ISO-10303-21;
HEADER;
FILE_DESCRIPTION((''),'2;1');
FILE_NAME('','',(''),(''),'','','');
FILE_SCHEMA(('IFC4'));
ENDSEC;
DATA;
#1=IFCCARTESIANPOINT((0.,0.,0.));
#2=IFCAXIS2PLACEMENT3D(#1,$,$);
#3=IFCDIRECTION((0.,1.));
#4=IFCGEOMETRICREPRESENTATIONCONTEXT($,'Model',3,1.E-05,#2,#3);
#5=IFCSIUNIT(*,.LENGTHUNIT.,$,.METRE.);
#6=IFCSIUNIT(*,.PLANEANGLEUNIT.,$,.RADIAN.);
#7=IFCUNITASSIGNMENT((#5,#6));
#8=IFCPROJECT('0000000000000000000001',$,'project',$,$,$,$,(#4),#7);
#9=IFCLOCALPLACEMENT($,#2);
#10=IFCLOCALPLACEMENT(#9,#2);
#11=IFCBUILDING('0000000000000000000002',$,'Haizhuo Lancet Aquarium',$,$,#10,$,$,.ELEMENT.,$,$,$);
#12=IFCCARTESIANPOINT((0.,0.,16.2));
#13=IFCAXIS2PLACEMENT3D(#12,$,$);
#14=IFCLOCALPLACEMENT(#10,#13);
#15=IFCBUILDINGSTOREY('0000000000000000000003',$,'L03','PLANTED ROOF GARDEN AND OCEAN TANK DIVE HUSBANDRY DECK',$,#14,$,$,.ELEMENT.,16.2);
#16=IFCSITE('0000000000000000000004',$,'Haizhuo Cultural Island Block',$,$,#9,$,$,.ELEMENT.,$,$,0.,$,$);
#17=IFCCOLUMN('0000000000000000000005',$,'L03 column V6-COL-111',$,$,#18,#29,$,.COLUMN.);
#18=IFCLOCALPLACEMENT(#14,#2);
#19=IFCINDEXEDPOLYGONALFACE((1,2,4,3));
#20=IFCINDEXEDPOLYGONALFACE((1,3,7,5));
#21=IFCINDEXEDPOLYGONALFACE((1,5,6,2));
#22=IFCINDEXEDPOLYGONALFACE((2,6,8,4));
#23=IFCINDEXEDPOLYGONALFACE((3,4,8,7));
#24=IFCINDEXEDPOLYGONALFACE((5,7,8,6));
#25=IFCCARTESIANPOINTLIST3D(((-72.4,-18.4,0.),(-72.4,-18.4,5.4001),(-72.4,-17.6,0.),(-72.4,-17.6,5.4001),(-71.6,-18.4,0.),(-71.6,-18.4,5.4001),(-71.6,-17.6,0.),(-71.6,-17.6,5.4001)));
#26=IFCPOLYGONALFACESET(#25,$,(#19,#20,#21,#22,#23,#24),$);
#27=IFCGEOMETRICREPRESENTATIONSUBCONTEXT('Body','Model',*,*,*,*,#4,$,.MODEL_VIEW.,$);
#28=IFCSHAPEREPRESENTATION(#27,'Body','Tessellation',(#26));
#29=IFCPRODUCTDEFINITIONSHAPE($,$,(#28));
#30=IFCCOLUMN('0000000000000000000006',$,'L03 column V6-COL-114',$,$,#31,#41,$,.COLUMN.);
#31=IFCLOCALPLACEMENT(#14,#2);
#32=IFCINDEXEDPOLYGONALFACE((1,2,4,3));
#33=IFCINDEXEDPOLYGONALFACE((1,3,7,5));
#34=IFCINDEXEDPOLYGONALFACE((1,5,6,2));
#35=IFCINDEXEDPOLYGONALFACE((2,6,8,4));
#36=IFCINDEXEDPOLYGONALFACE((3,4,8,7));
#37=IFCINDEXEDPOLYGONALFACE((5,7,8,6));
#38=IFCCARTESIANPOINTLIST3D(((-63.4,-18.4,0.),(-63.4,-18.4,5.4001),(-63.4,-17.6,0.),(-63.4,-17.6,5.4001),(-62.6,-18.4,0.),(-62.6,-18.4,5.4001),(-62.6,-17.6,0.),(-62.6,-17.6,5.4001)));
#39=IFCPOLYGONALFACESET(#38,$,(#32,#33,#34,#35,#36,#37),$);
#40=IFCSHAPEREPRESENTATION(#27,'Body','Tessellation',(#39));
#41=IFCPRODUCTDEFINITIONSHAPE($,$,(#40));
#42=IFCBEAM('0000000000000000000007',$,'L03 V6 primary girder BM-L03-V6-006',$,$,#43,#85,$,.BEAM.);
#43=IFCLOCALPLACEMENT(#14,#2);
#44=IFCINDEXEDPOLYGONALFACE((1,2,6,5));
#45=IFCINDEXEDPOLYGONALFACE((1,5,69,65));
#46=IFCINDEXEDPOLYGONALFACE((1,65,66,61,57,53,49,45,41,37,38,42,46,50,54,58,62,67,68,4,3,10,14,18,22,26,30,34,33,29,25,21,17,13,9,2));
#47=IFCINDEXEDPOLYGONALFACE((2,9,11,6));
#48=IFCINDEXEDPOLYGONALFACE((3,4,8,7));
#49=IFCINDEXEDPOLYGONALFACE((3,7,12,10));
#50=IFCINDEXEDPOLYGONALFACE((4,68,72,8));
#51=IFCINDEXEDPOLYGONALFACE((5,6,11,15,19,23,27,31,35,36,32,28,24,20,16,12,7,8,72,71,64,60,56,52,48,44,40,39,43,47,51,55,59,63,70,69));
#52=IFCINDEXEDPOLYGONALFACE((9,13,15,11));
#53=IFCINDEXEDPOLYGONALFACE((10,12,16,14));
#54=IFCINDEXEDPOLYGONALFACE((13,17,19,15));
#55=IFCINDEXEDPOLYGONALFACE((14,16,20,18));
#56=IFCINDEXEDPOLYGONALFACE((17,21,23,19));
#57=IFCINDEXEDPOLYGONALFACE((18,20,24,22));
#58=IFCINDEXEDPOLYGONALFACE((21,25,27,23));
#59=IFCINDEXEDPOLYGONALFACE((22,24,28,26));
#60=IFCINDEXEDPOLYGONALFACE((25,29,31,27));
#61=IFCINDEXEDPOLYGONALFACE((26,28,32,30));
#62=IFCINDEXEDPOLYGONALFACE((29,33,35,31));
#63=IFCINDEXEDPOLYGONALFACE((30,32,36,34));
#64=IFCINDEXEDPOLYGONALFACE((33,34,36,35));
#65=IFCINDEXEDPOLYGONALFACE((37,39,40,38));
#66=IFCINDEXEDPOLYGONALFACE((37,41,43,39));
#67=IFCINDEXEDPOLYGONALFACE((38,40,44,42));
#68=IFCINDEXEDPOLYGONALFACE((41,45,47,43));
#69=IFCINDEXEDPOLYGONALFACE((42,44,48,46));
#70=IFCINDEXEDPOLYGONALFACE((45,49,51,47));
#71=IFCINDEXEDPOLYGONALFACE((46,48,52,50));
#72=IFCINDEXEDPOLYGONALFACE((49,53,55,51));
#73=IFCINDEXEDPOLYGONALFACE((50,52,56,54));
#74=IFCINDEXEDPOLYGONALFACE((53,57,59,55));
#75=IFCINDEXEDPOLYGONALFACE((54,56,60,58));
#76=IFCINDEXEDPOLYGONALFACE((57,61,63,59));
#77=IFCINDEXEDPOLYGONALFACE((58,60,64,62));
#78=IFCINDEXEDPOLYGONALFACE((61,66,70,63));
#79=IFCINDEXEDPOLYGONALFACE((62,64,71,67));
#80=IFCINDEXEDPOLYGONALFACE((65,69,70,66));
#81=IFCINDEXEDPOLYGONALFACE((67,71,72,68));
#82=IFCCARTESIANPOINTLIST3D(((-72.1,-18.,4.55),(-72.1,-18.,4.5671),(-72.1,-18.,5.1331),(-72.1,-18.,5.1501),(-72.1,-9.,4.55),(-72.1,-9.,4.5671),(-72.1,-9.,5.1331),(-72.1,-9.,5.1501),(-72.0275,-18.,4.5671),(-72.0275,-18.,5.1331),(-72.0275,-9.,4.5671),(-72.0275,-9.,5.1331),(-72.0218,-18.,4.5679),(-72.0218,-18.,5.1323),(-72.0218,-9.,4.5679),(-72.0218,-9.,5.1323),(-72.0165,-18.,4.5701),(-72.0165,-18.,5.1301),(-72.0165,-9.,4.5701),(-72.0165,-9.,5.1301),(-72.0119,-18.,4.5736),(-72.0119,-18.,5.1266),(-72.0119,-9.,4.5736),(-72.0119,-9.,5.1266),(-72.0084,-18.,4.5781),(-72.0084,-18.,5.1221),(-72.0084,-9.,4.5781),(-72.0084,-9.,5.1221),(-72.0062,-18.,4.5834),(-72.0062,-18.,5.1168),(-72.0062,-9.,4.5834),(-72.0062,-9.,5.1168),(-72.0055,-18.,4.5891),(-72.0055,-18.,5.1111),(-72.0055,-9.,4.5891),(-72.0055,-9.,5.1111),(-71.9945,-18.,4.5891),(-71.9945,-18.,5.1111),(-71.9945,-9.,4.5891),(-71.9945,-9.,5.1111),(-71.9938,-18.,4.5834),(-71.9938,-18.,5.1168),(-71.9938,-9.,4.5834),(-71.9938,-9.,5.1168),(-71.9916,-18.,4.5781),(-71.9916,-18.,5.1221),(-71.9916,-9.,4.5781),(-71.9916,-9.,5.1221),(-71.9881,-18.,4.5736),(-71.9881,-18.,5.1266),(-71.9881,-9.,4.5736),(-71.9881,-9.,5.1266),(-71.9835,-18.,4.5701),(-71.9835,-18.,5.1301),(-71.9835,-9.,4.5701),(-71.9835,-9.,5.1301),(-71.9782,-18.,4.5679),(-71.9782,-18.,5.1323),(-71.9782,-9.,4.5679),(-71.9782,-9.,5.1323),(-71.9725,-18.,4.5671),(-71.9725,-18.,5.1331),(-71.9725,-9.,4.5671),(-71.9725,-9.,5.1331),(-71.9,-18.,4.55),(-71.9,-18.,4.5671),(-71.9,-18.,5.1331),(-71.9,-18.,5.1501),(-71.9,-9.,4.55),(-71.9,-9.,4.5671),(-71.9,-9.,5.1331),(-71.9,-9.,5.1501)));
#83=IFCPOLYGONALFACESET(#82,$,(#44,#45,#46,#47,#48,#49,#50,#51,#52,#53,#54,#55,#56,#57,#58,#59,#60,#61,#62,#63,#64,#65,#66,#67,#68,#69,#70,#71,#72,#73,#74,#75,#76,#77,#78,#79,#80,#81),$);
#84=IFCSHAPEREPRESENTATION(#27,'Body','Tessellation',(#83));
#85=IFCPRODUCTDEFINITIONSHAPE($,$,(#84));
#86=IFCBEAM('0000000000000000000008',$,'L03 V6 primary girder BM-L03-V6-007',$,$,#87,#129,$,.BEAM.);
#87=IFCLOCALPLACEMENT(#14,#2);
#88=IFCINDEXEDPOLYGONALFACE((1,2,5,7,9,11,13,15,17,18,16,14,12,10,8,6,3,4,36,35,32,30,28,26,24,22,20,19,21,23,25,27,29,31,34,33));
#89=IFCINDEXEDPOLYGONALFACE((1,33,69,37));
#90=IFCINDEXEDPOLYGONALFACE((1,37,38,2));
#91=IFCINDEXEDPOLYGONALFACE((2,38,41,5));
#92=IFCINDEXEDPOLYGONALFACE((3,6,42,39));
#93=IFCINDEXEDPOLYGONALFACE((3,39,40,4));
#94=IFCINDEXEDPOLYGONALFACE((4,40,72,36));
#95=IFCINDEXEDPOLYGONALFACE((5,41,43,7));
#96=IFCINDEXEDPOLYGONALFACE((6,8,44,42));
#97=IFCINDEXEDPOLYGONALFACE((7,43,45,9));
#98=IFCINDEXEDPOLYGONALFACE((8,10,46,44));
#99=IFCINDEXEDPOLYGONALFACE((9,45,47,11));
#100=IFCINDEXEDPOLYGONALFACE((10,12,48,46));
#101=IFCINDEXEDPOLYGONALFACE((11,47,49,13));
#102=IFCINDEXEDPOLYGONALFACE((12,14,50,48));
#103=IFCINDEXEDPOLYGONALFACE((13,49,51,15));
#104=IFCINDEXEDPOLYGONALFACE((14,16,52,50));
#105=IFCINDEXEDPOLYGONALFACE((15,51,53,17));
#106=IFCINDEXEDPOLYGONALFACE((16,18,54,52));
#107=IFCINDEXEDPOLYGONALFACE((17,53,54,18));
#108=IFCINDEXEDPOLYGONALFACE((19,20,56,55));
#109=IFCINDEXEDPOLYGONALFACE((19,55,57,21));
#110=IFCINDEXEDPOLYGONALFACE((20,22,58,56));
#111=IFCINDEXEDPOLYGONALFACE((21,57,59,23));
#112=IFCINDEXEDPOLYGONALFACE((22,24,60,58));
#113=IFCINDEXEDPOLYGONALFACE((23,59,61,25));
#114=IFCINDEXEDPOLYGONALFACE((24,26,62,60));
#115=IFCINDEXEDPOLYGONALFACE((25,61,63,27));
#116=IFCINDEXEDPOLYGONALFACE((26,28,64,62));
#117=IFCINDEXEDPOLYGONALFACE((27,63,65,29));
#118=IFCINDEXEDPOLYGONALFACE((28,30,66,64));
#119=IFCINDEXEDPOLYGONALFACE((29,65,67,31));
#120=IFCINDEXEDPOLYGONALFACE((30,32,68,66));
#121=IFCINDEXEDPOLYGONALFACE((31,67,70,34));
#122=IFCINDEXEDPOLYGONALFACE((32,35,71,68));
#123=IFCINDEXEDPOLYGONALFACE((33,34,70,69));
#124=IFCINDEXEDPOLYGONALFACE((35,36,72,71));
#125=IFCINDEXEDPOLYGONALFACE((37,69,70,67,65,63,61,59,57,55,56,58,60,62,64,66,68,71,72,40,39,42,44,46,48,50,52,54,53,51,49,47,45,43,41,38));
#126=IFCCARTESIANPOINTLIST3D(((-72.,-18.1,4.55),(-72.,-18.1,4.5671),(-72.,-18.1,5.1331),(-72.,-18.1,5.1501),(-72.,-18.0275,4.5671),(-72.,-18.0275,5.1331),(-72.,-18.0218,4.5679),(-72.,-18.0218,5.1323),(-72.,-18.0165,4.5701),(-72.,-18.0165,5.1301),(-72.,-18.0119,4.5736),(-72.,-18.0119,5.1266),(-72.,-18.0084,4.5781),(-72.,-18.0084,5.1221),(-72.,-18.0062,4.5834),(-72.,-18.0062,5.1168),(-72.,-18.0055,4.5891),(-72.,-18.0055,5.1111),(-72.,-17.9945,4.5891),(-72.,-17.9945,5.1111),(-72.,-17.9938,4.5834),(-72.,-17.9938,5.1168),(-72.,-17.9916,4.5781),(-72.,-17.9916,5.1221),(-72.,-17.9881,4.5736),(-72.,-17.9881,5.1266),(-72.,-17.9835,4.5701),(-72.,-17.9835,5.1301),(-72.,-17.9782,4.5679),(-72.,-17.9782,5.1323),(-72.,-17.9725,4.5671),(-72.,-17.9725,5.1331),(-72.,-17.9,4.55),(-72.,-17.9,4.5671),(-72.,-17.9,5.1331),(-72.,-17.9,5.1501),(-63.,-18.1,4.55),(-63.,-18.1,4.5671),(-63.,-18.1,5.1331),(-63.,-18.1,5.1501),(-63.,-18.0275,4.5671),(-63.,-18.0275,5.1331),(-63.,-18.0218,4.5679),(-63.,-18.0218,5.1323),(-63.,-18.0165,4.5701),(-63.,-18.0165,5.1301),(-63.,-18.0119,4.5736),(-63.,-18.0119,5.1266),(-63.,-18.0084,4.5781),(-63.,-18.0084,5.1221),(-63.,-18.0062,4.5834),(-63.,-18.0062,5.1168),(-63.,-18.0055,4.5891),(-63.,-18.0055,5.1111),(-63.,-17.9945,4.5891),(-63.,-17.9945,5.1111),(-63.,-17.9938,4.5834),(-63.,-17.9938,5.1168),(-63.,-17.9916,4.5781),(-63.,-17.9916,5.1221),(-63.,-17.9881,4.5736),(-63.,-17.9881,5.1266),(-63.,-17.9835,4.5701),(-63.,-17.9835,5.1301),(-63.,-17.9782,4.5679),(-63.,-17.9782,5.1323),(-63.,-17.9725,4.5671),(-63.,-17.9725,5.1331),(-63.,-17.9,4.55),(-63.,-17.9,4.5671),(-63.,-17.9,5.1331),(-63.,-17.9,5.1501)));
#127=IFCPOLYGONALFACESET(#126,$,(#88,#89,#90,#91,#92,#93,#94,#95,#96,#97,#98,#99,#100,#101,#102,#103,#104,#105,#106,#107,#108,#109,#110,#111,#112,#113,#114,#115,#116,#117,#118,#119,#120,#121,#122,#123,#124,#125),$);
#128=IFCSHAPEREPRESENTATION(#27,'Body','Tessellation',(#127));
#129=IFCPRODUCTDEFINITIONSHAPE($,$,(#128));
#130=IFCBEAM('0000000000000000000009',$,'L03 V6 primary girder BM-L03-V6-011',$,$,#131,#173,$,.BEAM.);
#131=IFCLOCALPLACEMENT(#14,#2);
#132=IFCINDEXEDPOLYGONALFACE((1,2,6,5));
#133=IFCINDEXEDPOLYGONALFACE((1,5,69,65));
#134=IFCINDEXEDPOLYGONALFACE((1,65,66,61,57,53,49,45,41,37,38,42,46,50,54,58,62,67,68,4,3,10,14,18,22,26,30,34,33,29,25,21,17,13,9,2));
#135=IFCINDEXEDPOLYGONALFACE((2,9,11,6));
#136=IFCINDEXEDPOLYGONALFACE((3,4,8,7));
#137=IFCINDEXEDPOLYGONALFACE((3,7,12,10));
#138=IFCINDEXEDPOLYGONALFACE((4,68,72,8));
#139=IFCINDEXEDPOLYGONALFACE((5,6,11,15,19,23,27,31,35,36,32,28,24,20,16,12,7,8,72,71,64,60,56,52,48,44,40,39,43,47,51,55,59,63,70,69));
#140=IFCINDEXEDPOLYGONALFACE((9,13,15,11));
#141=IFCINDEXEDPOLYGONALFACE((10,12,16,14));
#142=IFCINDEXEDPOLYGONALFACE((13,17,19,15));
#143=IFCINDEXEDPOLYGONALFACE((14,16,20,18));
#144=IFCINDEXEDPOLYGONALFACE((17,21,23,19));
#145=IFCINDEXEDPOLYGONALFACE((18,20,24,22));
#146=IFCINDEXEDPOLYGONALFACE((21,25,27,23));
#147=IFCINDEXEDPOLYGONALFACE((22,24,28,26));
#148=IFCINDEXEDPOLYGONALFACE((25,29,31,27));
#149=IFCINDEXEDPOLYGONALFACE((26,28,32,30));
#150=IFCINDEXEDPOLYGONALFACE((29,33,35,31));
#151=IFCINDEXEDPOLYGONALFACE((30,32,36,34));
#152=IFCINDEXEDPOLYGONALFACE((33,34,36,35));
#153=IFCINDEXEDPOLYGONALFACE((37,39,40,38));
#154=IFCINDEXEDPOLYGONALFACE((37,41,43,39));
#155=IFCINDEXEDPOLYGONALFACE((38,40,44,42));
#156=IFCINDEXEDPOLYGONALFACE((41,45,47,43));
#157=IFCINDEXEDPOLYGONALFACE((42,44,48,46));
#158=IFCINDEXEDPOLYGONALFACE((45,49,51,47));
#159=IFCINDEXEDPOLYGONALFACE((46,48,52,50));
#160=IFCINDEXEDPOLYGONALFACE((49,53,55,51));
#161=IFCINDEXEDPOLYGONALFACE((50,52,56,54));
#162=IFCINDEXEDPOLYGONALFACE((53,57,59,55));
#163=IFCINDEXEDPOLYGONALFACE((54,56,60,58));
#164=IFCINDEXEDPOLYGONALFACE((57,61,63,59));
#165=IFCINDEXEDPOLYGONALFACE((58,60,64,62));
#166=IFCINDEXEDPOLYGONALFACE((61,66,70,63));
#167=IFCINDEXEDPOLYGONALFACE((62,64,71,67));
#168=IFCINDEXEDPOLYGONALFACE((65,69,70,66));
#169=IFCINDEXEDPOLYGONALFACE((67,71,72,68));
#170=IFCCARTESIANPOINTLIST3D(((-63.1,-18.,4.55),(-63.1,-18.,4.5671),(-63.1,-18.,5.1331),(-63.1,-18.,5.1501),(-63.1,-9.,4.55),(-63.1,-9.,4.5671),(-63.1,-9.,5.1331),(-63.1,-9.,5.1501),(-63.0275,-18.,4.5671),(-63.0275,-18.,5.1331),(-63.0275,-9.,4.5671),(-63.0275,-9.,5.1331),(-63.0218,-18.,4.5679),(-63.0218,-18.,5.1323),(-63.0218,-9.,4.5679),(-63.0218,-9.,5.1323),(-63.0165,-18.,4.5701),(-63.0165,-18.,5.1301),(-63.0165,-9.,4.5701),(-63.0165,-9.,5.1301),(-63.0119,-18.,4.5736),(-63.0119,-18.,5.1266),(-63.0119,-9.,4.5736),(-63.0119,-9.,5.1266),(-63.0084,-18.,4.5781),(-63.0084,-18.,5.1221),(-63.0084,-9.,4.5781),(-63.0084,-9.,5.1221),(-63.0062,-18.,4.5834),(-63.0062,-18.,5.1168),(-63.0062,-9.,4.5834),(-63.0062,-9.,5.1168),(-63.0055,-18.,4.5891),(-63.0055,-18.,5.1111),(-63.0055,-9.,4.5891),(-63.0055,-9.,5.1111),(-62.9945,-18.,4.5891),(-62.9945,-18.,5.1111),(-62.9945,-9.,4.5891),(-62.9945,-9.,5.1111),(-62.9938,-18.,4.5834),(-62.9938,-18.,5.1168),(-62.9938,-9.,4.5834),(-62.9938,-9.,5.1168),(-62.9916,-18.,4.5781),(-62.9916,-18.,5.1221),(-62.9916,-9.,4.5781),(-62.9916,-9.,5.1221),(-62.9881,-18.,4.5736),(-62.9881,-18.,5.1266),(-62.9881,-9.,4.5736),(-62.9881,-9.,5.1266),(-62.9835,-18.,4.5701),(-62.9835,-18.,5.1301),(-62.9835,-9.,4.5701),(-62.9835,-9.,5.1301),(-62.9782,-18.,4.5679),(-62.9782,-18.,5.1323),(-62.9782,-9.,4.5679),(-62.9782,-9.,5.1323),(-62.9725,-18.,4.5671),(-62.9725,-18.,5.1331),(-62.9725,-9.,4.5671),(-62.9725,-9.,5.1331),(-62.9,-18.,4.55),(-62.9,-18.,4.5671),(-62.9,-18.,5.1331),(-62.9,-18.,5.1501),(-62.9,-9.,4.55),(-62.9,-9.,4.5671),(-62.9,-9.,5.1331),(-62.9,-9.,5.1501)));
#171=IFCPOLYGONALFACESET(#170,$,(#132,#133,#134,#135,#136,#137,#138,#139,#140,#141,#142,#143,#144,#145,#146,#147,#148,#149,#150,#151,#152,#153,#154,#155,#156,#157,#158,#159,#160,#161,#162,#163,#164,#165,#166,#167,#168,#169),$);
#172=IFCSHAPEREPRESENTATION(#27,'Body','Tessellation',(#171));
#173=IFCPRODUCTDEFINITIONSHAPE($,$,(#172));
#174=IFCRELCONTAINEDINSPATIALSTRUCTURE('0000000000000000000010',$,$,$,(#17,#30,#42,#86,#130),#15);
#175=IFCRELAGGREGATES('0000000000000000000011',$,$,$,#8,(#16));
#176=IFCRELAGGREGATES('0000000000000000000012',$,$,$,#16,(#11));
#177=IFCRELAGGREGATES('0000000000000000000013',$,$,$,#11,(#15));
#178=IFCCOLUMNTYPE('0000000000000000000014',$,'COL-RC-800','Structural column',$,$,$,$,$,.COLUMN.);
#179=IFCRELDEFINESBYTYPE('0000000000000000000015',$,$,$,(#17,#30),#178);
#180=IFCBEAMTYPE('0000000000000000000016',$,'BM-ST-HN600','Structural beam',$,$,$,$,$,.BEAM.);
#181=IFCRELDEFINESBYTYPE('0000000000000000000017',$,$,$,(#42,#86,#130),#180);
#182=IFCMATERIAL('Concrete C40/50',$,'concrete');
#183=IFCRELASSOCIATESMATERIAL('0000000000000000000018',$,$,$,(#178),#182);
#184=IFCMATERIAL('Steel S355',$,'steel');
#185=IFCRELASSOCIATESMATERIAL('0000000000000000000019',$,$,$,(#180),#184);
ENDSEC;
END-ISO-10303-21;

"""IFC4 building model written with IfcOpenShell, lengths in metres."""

from ifc_helpers import new_model, si_unit, direction, frame, origin, origin_2d, place, context, subcontext, project, spatial, rectangle, i_section, extrude, material, material_profile, profile_set, type_object, element, save


model = new_model("IFC4")

# Units and contexts
model_context = context("Model", 3, precision=1e-05, world=origin(), true_north=direction((0.0, 1.0)))
body_context = subcontext(model_context, "Body", "Model", "MODEL_VIEW")
ifc_project = project(units=[si_unit("LENGTHUNIT", "METRE"), si_unit("PLANEANGLEUNIT", "RADIAN")], contexts=[model_context])

# Site, building, storey
site_placement = place(None, origin())
site = spatial("IfcSite", under=ifc_project, at=site_placement, Name="Haizhuo Cultural Island Block", CompositionType="ELEMENT", RefElevation=0.0)
building_placement = place(site_placement, origin())
building = spatial("IfcBuilding", under=site, at=building_placement, Name="Haizhuo Lancet Aquarium", CompositionType="ELEMENT")
storey_placement = place(building_placement, frame((0.0, 0.0, 16.2)))
storey = spatial("IfcBuildingStorey", under=building, at=storey_placement, Name="L03", Description="PLANTED ROOF GARDEN AND OCEAN TANK DIVE HUSBANDRY DECK", CompositionType="ELEMENT", Elevation=16.2)

# Columns
ifc_material_1 = material(Name="Concrete C40/50", Category="concrete")
ifc_material_profile_1 = material_profile(ifc_material_1, rectangle(XDim=0.8, YDim=0.8, at=origin_2d()), Name="RC-COL 800x800")
ifc_profile_set_1 = profile_set([ifc_material_profile_1], Name="Concrete C40/50")
column_type = type_object("IfcColumnType", Name="COL-RC-800", Description="Structural column", PredefinedType="COLUMN", material=ifc_profile_set_1)
for number, where, z_axis, x_axis, name in (
    (1, (-72.0, -18.0, 0.0), (0.0, 0.0, 1.0), (1.0, 0.0, 0.0), "L03 column V6-COL-111"),
    (2, (-63.0, -18.0, 0.0), (0.0, 0.0, 1.0), (1.0, 0.0, 0.0), "L03 column V6-COL-114"),
):
    element("IfcColumn", number, at=place(storey_placement, frame(where, z_axis=z_axis, x_axis=x_axis)), inside=storey, type_object=column_type, Name=name, PredefinedType="COLUMN", context=body_context, shape_type="SweptSolid", body=[
        extrude(rectangle(XDim=0.8, YDim=0.8, at=origin_2d()), origin(), (0.0, 0.0, 1.0), 5.4001),
    ])

# Beams
ifc_material_2 = material(Name="Steel S355", Category="steel")
ifc_material_profile_2 = material_profile(ifc_material_2, i_section(OverallWidth=0.2, OverallDepth=0.6001, WebThickness=0.011, FlangeThickness=0.0171, FilletRadius=0.022, at=origin_2d()), Name="HN 600x200x11x17")
ifc_profile_set_2 = profile_set([ifc_material_profile_2], Name="Steel S355")
beam_type_1 = type_object("IfcBeamType", Name="BM-ST-HN600", Description="Structural beam", PredefinedType="BEAM", material=ifc_profile_set_2)
for number, where, z_axis, x_axis, name in (
    (3, (-72.0, -18.0, 4.8501), (0.0, 1.0, 0.0), (-1.0, 0.0, 0.0), "L03 V6 primary girder BM-L03-V6-006"),
    (4, (-72.0, -18.0, 4.8501), (1.0, 0.0, 0.0), (0.0, 1.0, 0.0), "L03 V6 primary girder BM-L03-V6-007"),
    (5, (-63.0, -18.0, 4.8501), (0.0, 1.0, 0.0), (-1.0, 0.0, 0.0), "L03 V6 primary girder BM-L03-V6-011"),
):
    element("IfcBeam", number, at=place(storey_placement, frame(where, z_axis=z_axis, x_axis=x_axis)), inside=storey, type_object=beam_type_1, Name=name, PredefinedType="BEAM", context=body_context, shape_type="SweptSolid", body=[
        extrude(i_section(OverallWidth=0.2, OverallDepth=0.6001, WebThickness=0.011, FlangeThickness=0.0171, FilletRadius=0.022, at=origin_2d()), origin(), (0.0, 0.0, 1.0), 9.0),
    ])

save(model, "model.ifc")
